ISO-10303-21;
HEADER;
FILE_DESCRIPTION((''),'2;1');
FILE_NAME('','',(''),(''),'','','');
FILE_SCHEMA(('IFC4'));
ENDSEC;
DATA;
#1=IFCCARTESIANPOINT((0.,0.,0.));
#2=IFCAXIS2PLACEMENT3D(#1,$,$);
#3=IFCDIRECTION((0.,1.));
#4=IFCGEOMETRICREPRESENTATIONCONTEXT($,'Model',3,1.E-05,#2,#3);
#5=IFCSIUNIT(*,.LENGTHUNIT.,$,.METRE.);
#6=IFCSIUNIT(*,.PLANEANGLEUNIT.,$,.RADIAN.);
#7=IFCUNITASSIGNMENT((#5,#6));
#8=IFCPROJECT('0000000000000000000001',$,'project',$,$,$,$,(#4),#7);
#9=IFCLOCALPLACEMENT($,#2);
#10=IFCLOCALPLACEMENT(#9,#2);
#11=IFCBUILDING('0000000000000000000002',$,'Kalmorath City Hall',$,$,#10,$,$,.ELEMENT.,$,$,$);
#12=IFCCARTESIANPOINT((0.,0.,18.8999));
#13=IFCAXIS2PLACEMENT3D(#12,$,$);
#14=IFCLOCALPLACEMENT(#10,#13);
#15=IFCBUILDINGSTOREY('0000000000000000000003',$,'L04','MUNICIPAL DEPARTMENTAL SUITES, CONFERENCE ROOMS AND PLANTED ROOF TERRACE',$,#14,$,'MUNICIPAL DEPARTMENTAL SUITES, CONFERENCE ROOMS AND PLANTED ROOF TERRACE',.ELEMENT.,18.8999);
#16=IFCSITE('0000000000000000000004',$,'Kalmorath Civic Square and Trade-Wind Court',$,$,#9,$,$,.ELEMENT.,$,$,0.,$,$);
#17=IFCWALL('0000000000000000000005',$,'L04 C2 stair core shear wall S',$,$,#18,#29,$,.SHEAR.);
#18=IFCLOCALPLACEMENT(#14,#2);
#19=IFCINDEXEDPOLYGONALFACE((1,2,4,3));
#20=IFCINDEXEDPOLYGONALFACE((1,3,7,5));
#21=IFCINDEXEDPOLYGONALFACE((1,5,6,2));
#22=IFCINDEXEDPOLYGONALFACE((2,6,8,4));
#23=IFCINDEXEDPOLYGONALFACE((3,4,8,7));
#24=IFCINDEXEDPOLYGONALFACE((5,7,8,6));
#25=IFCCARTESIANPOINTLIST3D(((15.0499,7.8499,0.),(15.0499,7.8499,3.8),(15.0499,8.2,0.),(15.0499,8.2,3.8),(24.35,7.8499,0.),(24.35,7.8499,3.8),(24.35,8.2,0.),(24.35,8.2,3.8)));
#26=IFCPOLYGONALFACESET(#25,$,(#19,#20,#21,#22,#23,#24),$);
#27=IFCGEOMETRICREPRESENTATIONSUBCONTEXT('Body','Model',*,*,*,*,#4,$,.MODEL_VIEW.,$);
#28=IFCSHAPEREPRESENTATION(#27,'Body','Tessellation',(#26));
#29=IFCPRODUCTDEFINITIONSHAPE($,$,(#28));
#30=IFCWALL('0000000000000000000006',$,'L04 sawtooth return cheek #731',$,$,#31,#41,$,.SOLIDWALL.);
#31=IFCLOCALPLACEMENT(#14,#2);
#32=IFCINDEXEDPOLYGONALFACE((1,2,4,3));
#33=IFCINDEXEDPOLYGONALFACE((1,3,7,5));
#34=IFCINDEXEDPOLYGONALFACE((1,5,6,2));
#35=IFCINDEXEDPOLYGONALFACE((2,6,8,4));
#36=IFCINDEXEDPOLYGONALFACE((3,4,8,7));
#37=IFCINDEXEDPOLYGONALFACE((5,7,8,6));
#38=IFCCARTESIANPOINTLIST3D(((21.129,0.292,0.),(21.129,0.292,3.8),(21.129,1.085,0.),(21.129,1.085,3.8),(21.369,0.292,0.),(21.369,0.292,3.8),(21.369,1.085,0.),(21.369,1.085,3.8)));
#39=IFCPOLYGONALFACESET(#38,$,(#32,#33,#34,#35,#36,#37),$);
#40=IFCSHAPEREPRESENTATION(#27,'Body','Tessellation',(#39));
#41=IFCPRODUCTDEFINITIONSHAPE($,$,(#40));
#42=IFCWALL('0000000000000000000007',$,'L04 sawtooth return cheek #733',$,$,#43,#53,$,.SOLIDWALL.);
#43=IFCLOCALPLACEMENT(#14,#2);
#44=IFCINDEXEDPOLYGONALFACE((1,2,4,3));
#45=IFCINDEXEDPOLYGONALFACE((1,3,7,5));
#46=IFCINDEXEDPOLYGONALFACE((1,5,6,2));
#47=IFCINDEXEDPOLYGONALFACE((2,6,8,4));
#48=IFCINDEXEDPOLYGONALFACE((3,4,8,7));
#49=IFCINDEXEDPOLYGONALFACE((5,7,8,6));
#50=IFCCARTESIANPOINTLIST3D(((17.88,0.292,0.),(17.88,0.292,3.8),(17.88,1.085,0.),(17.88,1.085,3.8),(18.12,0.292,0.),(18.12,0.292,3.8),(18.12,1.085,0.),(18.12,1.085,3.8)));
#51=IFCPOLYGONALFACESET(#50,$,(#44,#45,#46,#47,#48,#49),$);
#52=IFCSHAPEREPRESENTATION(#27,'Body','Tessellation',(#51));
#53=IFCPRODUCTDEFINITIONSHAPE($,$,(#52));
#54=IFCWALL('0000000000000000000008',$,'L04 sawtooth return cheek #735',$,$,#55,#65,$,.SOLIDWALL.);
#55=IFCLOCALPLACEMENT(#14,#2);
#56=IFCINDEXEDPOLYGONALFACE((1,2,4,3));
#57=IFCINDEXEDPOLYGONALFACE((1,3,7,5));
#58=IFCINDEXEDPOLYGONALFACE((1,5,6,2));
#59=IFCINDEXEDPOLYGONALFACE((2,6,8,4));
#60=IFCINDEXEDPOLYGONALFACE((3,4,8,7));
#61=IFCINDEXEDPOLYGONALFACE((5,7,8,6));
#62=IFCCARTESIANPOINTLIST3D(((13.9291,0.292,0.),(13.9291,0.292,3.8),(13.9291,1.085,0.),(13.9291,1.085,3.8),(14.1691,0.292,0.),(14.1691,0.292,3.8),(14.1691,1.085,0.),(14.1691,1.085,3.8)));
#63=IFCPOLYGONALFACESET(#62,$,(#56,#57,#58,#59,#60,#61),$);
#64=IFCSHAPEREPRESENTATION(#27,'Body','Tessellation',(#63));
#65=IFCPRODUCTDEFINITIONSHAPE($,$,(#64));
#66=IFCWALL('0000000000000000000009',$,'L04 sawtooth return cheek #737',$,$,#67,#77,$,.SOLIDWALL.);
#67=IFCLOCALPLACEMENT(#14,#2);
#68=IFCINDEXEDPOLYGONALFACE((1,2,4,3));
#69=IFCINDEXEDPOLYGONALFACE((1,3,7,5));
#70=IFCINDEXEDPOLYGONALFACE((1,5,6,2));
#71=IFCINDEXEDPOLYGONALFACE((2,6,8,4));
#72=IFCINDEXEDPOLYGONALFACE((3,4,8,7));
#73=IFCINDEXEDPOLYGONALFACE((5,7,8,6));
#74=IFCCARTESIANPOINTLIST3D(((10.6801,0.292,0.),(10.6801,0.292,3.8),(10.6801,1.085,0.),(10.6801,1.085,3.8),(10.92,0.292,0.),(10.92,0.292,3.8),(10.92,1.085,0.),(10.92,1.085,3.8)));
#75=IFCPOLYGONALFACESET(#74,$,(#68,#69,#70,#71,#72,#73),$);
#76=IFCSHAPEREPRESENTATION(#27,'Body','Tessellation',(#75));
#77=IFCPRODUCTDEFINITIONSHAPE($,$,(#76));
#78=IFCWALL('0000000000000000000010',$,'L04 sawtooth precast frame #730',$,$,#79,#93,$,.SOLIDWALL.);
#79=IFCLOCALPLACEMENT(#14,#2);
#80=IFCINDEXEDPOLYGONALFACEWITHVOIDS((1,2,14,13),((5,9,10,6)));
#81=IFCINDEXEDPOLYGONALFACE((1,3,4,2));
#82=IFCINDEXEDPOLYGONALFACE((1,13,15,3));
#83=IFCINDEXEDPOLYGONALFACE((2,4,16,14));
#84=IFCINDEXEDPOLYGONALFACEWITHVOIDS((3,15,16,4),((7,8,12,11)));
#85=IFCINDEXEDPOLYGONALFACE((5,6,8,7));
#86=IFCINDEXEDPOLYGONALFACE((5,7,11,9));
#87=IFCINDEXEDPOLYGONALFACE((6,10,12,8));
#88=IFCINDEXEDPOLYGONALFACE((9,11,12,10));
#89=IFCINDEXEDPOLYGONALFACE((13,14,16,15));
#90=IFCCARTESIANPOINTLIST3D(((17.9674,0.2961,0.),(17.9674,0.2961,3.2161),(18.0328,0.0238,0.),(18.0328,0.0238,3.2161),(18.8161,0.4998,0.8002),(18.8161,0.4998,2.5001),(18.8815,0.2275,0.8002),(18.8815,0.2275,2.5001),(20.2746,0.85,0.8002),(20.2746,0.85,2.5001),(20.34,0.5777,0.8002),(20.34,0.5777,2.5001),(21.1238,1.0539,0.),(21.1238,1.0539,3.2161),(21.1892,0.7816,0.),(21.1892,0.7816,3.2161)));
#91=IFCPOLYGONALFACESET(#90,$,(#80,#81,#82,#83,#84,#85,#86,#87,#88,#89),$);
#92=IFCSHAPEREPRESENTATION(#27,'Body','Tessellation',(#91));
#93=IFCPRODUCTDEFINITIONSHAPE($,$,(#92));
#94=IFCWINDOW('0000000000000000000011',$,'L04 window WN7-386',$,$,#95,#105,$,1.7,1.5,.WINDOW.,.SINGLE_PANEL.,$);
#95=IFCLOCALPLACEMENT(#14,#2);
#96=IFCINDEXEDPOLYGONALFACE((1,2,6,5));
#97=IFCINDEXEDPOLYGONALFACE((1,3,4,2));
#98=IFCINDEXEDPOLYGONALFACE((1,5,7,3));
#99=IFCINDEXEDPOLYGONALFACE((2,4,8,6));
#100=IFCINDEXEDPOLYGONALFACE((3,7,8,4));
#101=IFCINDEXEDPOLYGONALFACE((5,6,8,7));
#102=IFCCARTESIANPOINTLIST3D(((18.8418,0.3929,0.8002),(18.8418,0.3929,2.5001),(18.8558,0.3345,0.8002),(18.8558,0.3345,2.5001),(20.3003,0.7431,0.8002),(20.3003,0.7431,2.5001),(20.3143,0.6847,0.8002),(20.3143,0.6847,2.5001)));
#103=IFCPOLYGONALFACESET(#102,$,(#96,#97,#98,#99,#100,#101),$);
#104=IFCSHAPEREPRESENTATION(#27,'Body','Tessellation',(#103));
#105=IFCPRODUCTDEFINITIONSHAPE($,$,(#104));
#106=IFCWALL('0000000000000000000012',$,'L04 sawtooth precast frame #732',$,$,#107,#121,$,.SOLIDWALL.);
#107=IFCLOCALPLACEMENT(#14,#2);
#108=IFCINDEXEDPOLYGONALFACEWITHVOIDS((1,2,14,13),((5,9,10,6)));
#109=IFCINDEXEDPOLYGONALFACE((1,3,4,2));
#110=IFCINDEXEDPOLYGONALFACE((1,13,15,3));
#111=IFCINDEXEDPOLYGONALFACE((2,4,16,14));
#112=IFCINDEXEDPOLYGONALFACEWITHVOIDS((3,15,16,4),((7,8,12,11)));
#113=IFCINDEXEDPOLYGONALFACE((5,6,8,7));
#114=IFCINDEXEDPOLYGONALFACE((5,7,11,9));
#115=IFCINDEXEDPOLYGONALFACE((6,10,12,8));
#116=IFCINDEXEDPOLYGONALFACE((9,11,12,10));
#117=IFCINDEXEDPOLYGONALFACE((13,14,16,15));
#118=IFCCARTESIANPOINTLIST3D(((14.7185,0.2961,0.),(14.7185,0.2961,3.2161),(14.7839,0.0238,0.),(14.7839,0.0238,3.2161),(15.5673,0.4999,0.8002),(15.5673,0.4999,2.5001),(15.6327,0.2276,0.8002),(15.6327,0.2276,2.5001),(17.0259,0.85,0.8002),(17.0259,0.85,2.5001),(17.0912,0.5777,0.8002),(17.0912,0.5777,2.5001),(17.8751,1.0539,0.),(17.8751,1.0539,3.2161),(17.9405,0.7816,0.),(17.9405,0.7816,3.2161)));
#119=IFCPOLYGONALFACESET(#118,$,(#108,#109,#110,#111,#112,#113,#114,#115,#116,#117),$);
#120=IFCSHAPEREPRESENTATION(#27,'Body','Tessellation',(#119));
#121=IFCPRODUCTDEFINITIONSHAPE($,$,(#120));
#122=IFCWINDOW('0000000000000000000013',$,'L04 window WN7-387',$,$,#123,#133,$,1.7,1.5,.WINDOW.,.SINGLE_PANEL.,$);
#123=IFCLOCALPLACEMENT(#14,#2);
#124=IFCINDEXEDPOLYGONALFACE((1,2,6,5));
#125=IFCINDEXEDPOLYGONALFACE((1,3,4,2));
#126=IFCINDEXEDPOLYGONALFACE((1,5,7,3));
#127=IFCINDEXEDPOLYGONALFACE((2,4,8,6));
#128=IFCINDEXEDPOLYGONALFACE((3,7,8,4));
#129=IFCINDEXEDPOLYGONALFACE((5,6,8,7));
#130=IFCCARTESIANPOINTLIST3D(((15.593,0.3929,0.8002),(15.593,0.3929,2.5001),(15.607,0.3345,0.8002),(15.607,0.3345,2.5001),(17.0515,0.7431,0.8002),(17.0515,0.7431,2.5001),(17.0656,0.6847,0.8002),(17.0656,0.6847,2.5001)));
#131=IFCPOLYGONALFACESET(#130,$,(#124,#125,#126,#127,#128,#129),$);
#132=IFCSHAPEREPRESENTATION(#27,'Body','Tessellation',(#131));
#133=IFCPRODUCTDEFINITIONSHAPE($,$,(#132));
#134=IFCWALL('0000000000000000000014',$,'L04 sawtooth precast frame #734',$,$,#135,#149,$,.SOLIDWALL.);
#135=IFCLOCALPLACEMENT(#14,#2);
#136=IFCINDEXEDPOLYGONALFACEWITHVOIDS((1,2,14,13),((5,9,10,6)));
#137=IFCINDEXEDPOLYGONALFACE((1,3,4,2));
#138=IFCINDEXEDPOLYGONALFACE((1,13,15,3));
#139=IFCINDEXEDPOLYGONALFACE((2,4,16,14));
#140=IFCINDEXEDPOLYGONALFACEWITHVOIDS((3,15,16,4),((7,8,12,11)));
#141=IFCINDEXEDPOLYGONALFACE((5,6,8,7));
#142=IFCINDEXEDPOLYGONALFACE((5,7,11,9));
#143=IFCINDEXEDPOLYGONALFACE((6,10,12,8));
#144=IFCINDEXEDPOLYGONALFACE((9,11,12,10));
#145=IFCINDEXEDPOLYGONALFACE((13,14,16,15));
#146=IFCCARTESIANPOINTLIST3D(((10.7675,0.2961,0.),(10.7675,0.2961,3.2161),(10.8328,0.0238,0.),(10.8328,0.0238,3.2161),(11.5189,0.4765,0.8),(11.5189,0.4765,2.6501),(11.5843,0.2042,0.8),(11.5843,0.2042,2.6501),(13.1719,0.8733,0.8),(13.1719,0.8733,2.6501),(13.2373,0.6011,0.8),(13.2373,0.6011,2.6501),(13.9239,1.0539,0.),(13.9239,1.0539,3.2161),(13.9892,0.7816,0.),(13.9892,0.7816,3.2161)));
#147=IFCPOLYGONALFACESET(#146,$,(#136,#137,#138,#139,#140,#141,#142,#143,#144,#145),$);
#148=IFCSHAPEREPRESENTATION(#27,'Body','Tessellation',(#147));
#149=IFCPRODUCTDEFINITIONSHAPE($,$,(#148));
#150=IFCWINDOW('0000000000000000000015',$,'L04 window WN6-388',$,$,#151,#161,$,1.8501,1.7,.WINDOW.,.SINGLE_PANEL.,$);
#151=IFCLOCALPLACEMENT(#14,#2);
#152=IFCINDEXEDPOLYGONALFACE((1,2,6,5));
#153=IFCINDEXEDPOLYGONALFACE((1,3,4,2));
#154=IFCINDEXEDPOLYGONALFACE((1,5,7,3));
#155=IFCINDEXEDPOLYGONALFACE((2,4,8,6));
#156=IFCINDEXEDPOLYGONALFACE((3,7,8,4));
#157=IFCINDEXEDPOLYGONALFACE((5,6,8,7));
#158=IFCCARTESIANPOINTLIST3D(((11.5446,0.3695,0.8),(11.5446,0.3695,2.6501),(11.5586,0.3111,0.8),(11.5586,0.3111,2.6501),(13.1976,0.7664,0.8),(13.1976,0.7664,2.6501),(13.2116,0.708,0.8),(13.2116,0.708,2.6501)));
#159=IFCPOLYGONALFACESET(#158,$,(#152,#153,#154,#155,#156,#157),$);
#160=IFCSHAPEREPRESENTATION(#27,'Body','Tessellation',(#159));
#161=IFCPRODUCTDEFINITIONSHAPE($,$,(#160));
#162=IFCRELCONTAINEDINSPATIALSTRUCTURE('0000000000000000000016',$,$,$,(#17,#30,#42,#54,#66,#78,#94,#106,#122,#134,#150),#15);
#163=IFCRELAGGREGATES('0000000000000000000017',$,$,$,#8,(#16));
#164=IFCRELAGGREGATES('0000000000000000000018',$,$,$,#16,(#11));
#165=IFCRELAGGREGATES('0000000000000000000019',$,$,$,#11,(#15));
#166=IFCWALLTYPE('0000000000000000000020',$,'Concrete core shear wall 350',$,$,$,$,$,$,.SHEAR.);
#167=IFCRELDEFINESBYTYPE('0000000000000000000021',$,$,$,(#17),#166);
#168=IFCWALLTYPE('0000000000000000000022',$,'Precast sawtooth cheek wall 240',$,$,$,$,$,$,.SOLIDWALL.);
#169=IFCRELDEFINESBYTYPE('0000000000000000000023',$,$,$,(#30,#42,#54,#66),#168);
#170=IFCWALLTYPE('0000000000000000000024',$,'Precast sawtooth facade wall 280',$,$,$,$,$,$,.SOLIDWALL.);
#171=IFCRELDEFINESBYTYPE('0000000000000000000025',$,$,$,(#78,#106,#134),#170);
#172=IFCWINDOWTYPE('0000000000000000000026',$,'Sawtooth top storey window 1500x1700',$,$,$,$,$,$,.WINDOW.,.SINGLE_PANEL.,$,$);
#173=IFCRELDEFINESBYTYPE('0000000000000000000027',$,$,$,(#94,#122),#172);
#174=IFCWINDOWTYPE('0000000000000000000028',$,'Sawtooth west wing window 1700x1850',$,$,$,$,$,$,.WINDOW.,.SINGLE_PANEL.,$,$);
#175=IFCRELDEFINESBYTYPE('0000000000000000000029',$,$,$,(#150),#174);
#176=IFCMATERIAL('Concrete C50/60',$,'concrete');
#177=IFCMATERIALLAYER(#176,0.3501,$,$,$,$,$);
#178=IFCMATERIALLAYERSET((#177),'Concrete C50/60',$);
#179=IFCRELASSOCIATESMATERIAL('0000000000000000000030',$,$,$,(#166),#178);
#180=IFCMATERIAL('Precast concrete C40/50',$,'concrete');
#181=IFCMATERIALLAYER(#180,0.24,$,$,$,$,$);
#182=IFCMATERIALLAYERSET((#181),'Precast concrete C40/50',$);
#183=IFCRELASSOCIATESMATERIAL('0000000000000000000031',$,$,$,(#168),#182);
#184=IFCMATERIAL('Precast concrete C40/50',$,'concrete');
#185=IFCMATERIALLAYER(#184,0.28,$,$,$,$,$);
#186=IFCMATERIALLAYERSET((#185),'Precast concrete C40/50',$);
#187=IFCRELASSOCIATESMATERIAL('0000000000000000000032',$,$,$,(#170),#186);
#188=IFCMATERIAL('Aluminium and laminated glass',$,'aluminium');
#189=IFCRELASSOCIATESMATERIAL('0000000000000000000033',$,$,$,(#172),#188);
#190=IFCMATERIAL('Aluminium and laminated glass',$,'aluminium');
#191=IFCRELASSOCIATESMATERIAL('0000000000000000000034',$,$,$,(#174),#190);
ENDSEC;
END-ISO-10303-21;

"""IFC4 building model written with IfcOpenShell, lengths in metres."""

from ifc_helpers import new_model, si_unit, direction, frame, frame_2d, origin, place, context, subcontext, project, spatial, rectangle, extrude, material, layer, layer_set, type_object, element, fill, save


model = new_model("IFC4")

# Units and contexts
model_context = context("Model", 3, precision=1e-05, world=origin(), true_north=direction((0.0, 1.0)))
body_context = subcontext(model_context, "Body", "Model", "MODEL_VIEW")
ifc_project = project(units=[si_unit("LENGTHUNIT", "METRE"), si_unit("PLANEANGLEUNIT", "RADIAN")], contexts=[model_context])

# Site, building, storey
site_placement = place(None, origin())
site = spatial("IfcSite", under=ifc_project, at=site_placement, Name="Kalmorath Civic Square and Trade-Wind Court", CompositionType="ELEMENT", RefElevation=0.0)
building_placement = place(site_placement, origin())
building = spatial("IfcBuilding", under=site, at=building_placement, Name="Kalmorath City Hall", CompositionType="ELEMENT")
storey_placement = place(building_placement, frame((0.0, 0.0, 18.8999)))
storey = spatial("IfcBuildingStorey", under=building, at=storey_placement, Name="L04", Description="MUNICIPAL DEPARTMENTAL SUITES, CONFERENCE ROOMS AND PLANTED ROOF TERRACE", LongName="MUNICIPAL DEPARTMENTAL SUITES, CONFERENCE ROOMS AND PLANTED ROOF TERRACE", CompositionType="ELEMENT", Elevation=18.8999)

# Walls
ifc_material_1 = material(Name="Concrete C50/60", Category="concrete")
ifc_layer_1 = layer(ifc_material_1, 0.3501)
ifc_layer_set_1 = layer_set([ifc_layer_1], Name="Concrete C50/60")
wall_type_1 = type_object("IfcWallType", Name="Concrete core shear wall 350", PredefinedType="SHEAR", material=ifc_layer_set_1)
wall_1_placement = place(storey_placement, frame((15.05, 8.0249, 0.0), z_axis=(0.0, 0.0, 1.0), x_axis=(1.0, 0.0, 0.0)))
element("IfcWall", 1, at=wall_1_placement, inside=storey, type_object=wall_type_1, Name="L04 C2 stair core shear wall S", PredefinedType="SHEAR", context=body_context, shape_type="SweptSolid", body=[
    extrude(rectangle(XDim=9.3, YDim=0.3501, at=frame_2d((4.6499, 0.0))), origin(), (0.0, 0.0, 1.0), 3.8),
])
ifc_material_2 = material(Name="Precast concrete C40/50", Category="concrete")
ifc_layer_2 = layer(ifc_material_2, 0.24)
ifc_layer_set_2 = layer_set([ifc_layer_2], Name="Precast concrete C40/50")
wall_type_2 = type_object("IfcWallType", Name="Precast sawtooth cheek wall 240", PredefinedType="SOLIDWALL", material=ifc_layer_set_2)
for number, where, z_axis, x_axis, name in (
    (2, (21.249, 1.085, 0.0), (0.0, 0.0, 1.0), (0.0, -1.0, 0.0), "L04 sawtooth return cheek #731"),
    (3, (18.0, 1.085, 0.0), (0.0, 0.0, 1.0), (0.0, -1.0, 0.0), "L04 sawtooth return cheek #733"),
    (4, (14.0491, 1.085, 0.0), (0.0, 0.0, 1.0), (0.0, -1.0, 0.0), "L04 sawtooth return cheek #735"),
    (5, (10.8, 1.085, 0.0), (0.0, 0.0, 1.0), (0.0, -1.0, 0.0), "L04 sawtooth return cheek #737"),
):
    element("IfcWall", number, at=place(storey_placement, frame(where, z_axis=z_axis, x_axis=x_axis)), inside=storey, type_object=wall_type_2, Name=name, PredefinedType="SOLIDWALL", context=body_context, shape_type="SweptSolid", body=[
        extrude(rectangle(XDim=0.793, YDim=0.24, at=frame_2d((0.3965, 0.0))), origin(), (0.0, 0.0, 1.0), 3.8),
    ])

# Walls, openings, windows
ifc_material_3 = material(Name="Precast concrete C40/50", Category="concrete")
ifc_layer_3 = layer(ifc_material_3, 0.28)
ifc_layer_set_3 = layer_set([ifc_layer_3], Name="Precast concrete C40/50")
wall_type_3 = type_object("IfcWallType", Name="Precast sawtooth facade wall 280", PredefinedType="SOLIDWALL", material=ifc_layer_set_3)
wall_2_placement = place(storey_placement, frame((21.1565, 0.9177, 0.0), z_axis=(0.0, 0.0, 1.0), x_axis=(-0.97237, -0.233447, 0.0)))
wall_2 = element("IfcWall", 6, at=wall_2_placement, inside=storey, type_object=wall_type_3, Name="L04 sawtooth precast frame #730", PredefinedType="SOLIDWALL", context=body_context, shape_type="SweptSolid", body=[
    extrude(rectangle(XDim=3.2461, YDim=0.28, at=frame_2d((1.623, 0.0))), origin(), (0.0, 0.0, 1.0), 3.2161),
])
opening_1_placement = place(wall_2_placement, frame((0.8733, 0.0, 0.8)))
opening_1 = element("IfcOpeningElement", 7, at=opening_1_placement, cuts=wall_2, PredefinedType="OPENING", context=body_context, shape_type="SweptSolid", body=[
    extrude(rectangle(XDim=1.5, YDim=1.7, at=frame_2d((0.75, 0.8501))), frame((0.0, 0.1499, 0.0), z_axis=(0.0, -1.0, 0.0), x_axis=(1.0, 0.0, 0.0)), (0.0, 0.0, 1.0), 0.3),
])
ifc_material_4 = material(Name="Aluminium and laminated glass", Category="aluminium")
window_type_1 = type_object("IfcWindowType", Name="Sawtooth top storey window 1500x1700", PartitioningType="SINGLE_PANEL", PredefinedType="WINDOW", material=ifc_material_4)
window_1_placement = place(opening_1_placement, origin())
window_1 = element("IfcWindow", 8, at=window_1_placement, inside=storey, type_object=window_type_1, Name="L04 window WN7-386", OverallHeight=1.7, OverallWidth=1.5, PartitioningType="SINGLE_PANEL", PredefinedType="WINDOW", context=body_context, shape_type="SweptSolid", body=[
    extrude(rectangle(XDim=1.5, YDim=1.7, at=frame_2d((0.75, 0.8501))), frame((0.0, 0.03, 0.0), z_axis=(0.0, -1.0, 0.0), x_axis=(1.0, 0.0, 0.0)), (0.0, 0.0, 1.0), 0.0601),
])
fill(opening_1, window_1)
wall_3_placement = place(storey_placement, frame((17.9077, 0.9177, 0.0), z_axis=(0.0, 0.0, 1.0), x_axis=(-0.972374, -0.23343, 0.0)))
wall_3 = element("IfcWall", 9, at=wall_3_placement, inside=storey, type_object=wall_type_3, Name="L04 sawtooth precast frame #732", PredefinedType="SOLIDWALL", context=body_context, shape_type="SweptSolid", body=[
    extrude(rectangle(XDim=3.2463, YDim=0.28, at=frame_2d((1.623, 0.0))), origin(), (0.0, 0.0, 1.0), 3.2161),
])
opening_2_placement = place(wall_3_placement, frame((0.8733, 0.0, 0.8)))
opening_2 = element("IfcOpeningElement", 10, at=opening_2_placement, cuts=wall_3, PredefinedType="OPENING", context=body_context, shape_type="SweptSolid", body=[
    extrude(rectangle(XDim=1.5, YDim=1.7, at=frame_2d((0.75, 0.8501))), frame((0.0, 0.1499, 0.0), z_axis=(0.0, -1.0, 0.0), x_axis=(1.0, 0.0, 0.0)), (0.0, 0.0, 1.0), 0.3),
])
window_2_placement = place(opening_2_placement, origin())
window_2 = element("IfcWindow", 11, at=window_2_placement, inside=storey, type_object=window_type_1, Name="L04 window WN7-387", OverallHeight=1.7, OverallWidth=1.5, PartitioningType="SINGLE_PANEL", PredefinedType="WINDOW", context=body_context, shape_type="SweptSolid", body=[
    extrude(rectangle(XDim=1.5, YDim=1.7, at=frame_2d((0.75, 0.8501))), frame((0.0, 0.03, 0.0), z_axis=(0.0, -1.0, 0.0), x_axis=(1.0, 0.0, 0.0)), (0.0, 0.0, 1.0), 0.0601),
])
fill(opening_2, window_2)
wall_4_placement = place(storey_placement, frame((13.9565, 0.9177, 0.0), z_axis=(0.0, 0.0, 1.0), x_axis=(-0.97237, -0.233447, 0.0)))
wall_4 = element("IfcWall", 12, at=wall_4_placement, inside=storey, type_object=wall_type_3, Name="L04 sawtooth precast frame #734", PredefinedType="SOLIDWALL", context=body_context, shape_type="SweptSolid", body=[
    extrude(rectangle(XDim=3.2461, YDim=0.28, at=frame_2d((1.623, 0.0))), origin(), (0.0, 0.0, 1.0), 3.2161),
])
opening_3_placement = place(wall_4_placement, frame((0.7732, 0.0, 0.8)))
opening_3 = element("IfcOpeningElement", 13, at=opening_3_placement, cuts=wall_4, PredefinedType="OPENING", context=body_context, shape_type="SweptSolid", body=[
    extrude(rectangle(XDim=1.7, YDim=1.8501, at=frame_2d((0.8501, 0.925))), frame((0.0, 0.1499, 0.0), z_axis=(0.0, -1.0, 0.0), x_axis=(1.0, 0.0, 0.0)), (0.0, 0.0, 1.0), 0.3),
])
ifc_material_5 = material(Name="Aluminium and laminated glass", Category="aluminium")
window_type_2 = type_object("IfcWindowType", Name="Sawtooth west wing window 1700x1850", PartitioningType="SINGLE_PANEL", PredefinedType="WINDOW", material=ifc_material_5)
window_3_placement = place(opening_3_placement, origin())
window_3 = element("IfcWindow", 14, at=window_3_placement, inside=storey, type_object=window_type_2, Name="L04 window WN6-388", OverallHeight=1.8501, OverallWidth=1.7, PartitioningType="SINGLE_PANEL", PredefinedType="WINDOW", context=body_context, shape_type="SweptSolid", body=[
    extrude(rectangle(XDim=1.7, YDim=1.8501, at=frame_2d((0.8501, 0.925))), frame((0.0, 0.03, 0.0), z_axis=(0.0, -1.0, 0.0), x_axis=(1.0, 0.0, 0.0)), (0.0, 0.0, 1.0), 0.0601),
])
fill(opening_3, window_3)

save(model, "model.ifc")
